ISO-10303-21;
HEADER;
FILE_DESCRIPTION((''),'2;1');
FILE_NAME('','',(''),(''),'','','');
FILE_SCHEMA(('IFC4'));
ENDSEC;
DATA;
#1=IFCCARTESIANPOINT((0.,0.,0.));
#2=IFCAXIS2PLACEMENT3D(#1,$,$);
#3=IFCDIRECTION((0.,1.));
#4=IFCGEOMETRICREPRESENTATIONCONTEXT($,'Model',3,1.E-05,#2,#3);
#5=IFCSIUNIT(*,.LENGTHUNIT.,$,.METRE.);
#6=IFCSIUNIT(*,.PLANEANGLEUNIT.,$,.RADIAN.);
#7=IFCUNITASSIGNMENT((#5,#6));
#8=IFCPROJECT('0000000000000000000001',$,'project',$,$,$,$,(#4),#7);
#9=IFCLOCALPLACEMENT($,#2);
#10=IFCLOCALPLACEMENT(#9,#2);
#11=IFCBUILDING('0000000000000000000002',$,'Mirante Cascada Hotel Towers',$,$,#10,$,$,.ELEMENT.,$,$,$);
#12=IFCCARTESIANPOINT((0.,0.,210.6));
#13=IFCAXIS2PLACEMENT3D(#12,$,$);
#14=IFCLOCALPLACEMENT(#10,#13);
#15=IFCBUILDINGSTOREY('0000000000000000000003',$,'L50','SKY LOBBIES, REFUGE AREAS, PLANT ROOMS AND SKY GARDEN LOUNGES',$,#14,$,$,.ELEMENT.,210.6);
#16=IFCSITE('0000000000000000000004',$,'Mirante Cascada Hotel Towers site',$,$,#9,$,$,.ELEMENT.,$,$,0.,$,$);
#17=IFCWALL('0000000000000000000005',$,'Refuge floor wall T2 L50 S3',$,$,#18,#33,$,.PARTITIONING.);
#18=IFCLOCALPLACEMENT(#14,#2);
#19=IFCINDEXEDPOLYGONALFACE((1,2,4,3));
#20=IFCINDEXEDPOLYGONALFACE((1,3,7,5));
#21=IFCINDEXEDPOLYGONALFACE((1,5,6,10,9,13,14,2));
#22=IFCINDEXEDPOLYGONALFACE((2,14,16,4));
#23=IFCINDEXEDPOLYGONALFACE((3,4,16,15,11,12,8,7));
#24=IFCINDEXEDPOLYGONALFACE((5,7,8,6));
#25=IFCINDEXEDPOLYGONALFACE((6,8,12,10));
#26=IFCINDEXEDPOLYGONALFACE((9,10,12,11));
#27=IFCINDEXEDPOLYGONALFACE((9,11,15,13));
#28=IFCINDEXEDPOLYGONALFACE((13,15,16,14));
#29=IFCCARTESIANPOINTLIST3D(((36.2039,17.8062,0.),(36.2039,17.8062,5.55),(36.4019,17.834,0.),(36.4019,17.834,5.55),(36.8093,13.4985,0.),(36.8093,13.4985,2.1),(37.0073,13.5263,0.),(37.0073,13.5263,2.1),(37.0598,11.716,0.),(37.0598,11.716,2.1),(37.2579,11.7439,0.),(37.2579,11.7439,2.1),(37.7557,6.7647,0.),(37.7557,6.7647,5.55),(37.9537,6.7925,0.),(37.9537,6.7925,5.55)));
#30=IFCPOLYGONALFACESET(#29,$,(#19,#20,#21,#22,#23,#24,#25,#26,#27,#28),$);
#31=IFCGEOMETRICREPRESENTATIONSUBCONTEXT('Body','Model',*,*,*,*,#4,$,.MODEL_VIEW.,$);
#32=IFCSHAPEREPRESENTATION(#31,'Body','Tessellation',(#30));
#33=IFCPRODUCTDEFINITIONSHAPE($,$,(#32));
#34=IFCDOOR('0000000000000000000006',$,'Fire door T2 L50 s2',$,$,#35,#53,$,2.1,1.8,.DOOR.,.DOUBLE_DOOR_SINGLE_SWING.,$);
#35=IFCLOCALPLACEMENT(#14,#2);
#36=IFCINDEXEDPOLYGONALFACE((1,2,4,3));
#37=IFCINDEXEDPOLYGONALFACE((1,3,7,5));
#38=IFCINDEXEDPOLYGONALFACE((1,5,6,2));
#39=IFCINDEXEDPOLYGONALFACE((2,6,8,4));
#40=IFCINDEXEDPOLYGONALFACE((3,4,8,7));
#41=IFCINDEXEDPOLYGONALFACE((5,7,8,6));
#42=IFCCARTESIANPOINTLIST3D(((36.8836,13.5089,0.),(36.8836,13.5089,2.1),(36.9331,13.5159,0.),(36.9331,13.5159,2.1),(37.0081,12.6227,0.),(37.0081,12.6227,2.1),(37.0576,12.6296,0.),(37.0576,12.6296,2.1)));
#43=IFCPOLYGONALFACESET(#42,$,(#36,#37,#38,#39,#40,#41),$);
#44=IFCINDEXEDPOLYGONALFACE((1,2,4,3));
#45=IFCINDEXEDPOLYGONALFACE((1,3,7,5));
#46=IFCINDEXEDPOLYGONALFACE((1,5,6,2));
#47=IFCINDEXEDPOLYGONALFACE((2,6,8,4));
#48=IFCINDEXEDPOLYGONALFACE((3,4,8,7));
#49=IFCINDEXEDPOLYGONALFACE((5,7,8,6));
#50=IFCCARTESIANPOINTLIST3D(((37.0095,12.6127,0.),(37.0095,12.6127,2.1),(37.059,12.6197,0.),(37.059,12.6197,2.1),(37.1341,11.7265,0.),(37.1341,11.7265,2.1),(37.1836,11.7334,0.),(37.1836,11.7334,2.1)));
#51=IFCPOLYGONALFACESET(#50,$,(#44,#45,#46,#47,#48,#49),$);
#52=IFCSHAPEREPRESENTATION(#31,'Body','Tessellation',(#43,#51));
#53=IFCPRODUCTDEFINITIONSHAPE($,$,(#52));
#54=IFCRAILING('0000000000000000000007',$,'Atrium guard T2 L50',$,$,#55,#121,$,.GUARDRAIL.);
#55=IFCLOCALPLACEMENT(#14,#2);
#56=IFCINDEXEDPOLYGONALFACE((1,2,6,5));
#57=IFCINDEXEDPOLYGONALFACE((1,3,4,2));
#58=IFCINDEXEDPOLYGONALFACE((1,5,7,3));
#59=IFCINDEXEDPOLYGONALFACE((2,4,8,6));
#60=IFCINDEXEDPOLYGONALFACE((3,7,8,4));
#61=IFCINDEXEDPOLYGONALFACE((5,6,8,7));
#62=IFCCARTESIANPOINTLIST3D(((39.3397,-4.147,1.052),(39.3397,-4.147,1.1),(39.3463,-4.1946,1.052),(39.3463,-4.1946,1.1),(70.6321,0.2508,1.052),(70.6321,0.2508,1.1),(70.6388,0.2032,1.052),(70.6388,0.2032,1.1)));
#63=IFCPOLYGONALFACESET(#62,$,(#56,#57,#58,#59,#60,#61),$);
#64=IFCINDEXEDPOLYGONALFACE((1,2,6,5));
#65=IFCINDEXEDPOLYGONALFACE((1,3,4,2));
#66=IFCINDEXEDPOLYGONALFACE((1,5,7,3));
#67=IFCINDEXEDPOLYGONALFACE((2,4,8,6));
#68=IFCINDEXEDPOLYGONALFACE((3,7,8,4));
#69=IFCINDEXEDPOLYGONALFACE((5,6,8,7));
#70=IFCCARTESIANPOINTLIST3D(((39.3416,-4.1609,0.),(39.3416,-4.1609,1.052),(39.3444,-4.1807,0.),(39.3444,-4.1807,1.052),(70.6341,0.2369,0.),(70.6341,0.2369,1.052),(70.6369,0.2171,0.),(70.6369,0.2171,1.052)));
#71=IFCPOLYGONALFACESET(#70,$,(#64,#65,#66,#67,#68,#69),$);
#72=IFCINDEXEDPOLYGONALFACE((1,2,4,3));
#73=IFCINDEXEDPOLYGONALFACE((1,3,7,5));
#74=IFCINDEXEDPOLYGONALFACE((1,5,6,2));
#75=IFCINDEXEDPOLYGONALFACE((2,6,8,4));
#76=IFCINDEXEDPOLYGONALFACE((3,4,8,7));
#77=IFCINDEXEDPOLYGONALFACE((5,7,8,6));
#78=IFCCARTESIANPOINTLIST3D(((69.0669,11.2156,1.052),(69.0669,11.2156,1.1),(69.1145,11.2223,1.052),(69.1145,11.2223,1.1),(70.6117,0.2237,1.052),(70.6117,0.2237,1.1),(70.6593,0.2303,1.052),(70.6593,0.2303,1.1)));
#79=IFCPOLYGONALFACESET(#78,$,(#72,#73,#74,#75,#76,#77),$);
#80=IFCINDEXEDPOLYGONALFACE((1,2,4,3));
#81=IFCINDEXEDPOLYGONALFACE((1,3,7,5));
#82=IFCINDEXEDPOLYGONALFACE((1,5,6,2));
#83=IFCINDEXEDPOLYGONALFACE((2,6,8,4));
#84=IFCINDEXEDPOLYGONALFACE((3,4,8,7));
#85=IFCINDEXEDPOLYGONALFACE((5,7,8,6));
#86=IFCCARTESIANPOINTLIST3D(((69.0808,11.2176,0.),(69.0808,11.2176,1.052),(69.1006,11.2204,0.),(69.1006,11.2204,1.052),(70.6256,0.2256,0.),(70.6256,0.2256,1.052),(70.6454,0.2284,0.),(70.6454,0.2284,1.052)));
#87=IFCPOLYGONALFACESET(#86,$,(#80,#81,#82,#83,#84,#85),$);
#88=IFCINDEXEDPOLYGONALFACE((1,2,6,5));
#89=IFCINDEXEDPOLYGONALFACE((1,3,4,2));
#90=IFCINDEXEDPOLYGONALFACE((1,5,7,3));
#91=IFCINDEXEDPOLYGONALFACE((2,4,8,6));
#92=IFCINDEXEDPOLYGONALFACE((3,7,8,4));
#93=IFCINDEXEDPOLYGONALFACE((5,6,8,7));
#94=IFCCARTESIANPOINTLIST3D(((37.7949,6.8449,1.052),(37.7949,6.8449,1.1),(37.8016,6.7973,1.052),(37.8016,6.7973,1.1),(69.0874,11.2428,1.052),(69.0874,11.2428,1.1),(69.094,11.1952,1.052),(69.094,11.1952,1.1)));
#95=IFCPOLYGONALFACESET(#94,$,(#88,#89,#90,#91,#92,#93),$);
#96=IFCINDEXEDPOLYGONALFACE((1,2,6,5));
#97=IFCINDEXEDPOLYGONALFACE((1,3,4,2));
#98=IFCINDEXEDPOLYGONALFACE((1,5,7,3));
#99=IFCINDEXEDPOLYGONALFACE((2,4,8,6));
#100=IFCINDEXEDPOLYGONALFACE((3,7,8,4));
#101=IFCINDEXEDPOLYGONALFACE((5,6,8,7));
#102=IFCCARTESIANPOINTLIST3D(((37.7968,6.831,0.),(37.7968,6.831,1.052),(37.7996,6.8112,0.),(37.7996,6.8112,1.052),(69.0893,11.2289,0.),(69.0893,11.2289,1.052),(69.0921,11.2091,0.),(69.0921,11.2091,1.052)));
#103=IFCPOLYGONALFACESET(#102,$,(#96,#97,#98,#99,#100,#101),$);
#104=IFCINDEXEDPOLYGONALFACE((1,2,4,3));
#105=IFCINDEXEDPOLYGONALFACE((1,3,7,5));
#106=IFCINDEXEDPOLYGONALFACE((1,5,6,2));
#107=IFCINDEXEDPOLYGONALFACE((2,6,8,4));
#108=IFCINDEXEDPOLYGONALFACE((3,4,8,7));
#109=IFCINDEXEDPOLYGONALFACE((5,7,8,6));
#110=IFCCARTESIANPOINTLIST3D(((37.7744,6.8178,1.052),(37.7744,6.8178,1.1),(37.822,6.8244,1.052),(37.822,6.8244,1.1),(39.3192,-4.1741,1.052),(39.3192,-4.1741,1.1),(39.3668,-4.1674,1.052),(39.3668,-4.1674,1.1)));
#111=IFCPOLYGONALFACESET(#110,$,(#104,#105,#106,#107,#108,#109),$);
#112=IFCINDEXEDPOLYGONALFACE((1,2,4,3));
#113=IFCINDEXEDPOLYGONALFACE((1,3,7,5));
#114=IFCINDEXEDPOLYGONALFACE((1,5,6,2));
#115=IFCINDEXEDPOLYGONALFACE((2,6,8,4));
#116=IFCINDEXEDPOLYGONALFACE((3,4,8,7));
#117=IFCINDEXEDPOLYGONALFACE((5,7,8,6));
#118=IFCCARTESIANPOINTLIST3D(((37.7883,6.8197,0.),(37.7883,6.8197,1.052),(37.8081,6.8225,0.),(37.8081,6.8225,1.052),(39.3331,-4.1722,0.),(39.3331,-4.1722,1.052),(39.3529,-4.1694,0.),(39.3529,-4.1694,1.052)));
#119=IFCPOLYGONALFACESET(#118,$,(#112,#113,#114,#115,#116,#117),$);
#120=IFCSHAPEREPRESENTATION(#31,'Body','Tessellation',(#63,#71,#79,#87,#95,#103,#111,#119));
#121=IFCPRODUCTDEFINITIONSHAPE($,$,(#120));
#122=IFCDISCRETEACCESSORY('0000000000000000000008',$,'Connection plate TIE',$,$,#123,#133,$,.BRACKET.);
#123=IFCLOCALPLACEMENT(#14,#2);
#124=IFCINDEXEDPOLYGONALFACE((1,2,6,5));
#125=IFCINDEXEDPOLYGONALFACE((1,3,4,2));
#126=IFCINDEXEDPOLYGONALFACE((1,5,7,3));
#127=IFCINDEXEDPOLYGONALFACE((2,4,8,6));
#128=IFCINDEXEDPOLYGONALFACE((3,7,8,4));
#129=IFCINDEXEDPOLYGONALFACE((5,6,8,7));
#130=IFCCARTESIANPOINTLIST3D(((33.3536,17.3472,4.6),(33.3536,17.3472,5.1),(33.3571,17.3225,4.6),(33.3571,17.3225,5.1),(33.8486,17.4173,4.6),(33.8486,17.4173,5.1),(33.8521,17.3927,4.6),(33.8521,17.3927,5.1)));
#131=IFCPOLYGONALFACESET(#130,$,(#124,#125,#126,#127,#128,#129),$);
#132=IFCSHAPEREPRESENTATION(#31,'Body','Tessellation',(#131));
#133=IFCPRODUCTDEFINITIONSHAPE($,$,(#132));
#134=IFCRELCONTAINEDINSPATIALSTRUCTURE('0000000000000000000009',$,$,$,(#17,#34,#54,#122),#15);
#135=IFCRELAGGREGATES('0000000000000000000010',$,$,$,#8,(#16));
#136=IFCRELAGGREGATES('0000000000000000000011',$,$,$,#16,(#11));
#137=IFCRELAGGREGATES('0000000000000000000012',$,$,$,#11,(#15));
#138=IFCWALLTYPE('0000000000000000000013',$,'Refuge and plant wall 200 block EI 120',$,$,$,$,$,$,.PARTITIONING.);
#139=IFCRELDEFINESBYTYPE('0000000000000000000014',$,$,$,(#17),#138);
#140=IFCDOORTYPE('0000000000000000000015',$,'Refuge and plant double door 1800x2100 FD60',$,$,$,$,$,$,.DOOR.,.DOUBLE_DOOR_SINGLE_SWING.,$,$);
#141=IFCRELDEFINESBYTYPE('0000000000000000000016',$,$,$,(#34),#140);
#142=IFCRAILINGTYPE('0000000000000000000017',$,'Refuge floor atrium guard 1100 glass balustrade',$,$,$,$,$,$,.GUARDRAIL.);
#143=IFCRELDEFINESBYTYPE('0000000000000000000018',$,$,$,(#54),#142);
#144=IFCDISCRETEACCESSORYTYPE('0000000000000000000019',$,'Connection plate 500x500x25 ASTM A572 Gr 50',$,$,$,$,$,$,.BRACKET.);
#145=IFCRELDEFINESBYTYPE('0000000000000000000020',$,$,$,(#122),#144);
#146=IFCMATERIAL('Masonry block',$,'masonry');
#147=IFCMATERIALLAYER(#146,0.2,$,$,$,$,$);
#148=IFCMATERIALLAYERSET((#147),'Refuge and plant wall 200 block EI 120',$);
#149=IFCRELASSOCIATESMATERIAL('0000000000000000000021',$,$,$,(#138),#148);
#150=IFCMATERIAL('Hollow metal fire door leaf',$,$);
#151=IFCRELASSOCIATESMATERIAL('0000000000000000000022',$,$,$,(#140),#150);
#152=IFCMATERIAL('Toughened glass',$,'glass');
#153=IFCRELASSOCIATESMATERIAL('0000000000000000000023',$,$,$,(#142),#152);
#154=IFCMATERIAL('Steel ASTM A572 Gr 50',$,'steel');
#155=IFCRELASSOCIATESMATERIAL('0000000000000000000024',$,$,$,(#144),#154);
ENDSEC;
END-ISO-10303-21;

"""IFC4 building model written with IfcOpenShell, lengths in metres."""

from ifc_helpers import new_model, si_unit, direction, frame, frame_2d, origin, origin_2d, place, context, subcontext, project, spatial, rectangle, extrude, material, layer, layer_set, material_profile, profile_set, type_object, element, fill, save


model = new_model("IFC4")

# Units and contexts
model_context = context("Model", 3, precision=1e-05, world=origin(), true_north=direction((0.0, 1.0)))
body_context = subcontext(model_context, "Body", "Model", "MODEL_VIEW")
ifc_project = project(units=[si_unit("LENGTHUNIT", "METRE"), si_unit("PLANEANGLEUNIT", "RADIAN")], contexts=[model_context])

# Site, building, storey
site_placement = place(None, origin())
site = spatial("IfcSite", under=ifc_project, at=site_placement, Name="Mirante Cascada Hotel Towers site", CompositionType="ELEMENT", RefElevation=0.0)
building_placement = place(site_placement, origin())
building = spatial("IfcBuilding", under=site, at=building_placement, Name="Mirante Cascada Hotel Towers", CompositionType="ELEMENT")
storey_placement = place(building_placement, frame((0.0, 0.0, 210.6)))
storey = spatial("IfcBuildingStorey", under=building, at=storey_placement, Name="L50", Description="SKY LOBBIES, REFUGE AREAS, PLANT ROOMS AND SKY GARDEN LOUNGES", CompositionType="ELEMENT", Elevation=210.6)

# Wall, opening, door
ifc_material_1 = material(Name="Masonry block", Category="masonry")
ifc_layer_1 = layer(ifc_material_1, 0.2)
ifc_layer_set_1 = layer_set([ifc_layer_1], Name="Refuge and plant wall 200 block EI 120")
wall_type_1 = type_object("IfcWallType", Name="Refuge and plant wall 200 block EI 120", PredefinedType="PARTITIONING", material=ifc_layer_set_1)
ifc_material_2 = material(Name="Hollow metal fire door leaf")
door_type_1 = type_object("IfcDoorType", Name="Refuge and plant double door 1800x2100 FD60", OperationType="DOUBLE_DOOR_SINGLE_SWING", PredefinedType="DOOR", material=ifc_material_2)
wall_1_placement = place(storey_placement, frame((37.8547, 6.7786, 0.0), z_axis=(0.0, 0.0, 1.0), x_axis=(-0.139175, 0.990268, 0.0)))
wall_1 = element("IfcWall", 1, at=wall_1_placement, inside=storey, type_object=wall_type_1, Name="Refuge floor wall T2 L50 S3", PredefinedType="PARTITIONING", context=body_context, shape_type="SweptSolid", body=[
    extrude(rectangle(XDim=11.15, YDim=0.2, at=frame_2d((5.575, 0.0))), origin(), (0.0, 0.0, 1.0), 5.55),
])
opening_1_placement = place(wall_1_placement, frame((5.0, 0.0, 0.0)))
opening_1 = element("IfcOpeningElement", 2, at=opening_1_placement, cuts=wall_1, PredefinedType="OPENING", context=body_context, shape_type="SweptSolid", body=[
    extrude(rectangle(XDim=1.8, YDim=2.1, at=frame_2d((0.9, 1.05))), frame((0.0, 0.1, 0.0), z_axis=(0.0, -1.0, 0.0), x_axis=(1.0, 0.0, 0.0)), (0.0, 0.0, 1.0), 0.2),
])
door_1_placement = place(opening_1_placement, frame((1.8, 0.0, 0.0), z_axis=(0.0, 0.0, 1.0), x_axis=(-1.0, 0.0, 0.0)))
door_1 = element("IfcDoor", 3, at=door_1_placement, inside=storey, type_object=door_type_1, Name="Fire door T2 L50 s2", OperationType="DOUBLE_DOOR_SINGLE_SWING", OverallHeight=2.1, OverallWidth=1.8, PredefinedType="DOOR", context=body_context, shape_type="SweptSolid", body=[
    extrude(rectangle(XDim=0.895, YDim=2.1, at=frame_2d((0.4475, 1.05))), frame((0.0, 0.025, 0.0), z_axis=(0.0, -1.0, 0.0), x_axis=(1.0, 0.0, 0.0)), (0.0, 0.0, 1.0), 0.05),
    extrude(rectangle(XDim=0.895, YDim=2.1, at=frame_2d((1.3525, 1.05))), frame((0.0, 0.025, 0.0), z_axis=(0.0, -1.0, 0.0), x_axis=(1.0, 0.0, 0.0)), (0.0, 0.0, 1.0), 0.05),
])
fill(opening_1, door_1)

# Railing
ifc_material_3 = material(Name="Toughened glass", Category="glass")
railing_type = type_object("IfcRailingType", Name="Refuge floor atrium guard 1100 glass balustrade", PredefinedType="GUARDRAIL", material=ifc_material_3)
railing_placement = place(storey_placement, frame((39.343, -4.1708, 0.0)))
element("IfcRailing", 4, at=railing_placement, inside=storey, type_object=railing_type, Name="Atrium guard T2 L50", PredefinedType="GUARDRAIL", context=body_context, shape_type="SweptSolid", body=[
    extrude(rectangle(XDim=0.048, YDim=0.048, at=origin_2d()), frame((0.0, 0.0, 1.076), z_axis=(0.990268, 0.139171, 0.0), x_axis=(-0.139171, 0.990268, 0.0)), (0.0, 0.0, 1.0), 31.6),
    extrude(rectangle(XDim=0.02, YDim=1.052, at=origin_2d()), frame((0.0, 0.0, 0.526), z_axis=(0.990268, 0.139171, 0.0), x_axis=(-0.139171, 0.990268, 0.0)), (0.0, 0.0, 1.0), 31.6),
    extrude(rectangle(XDim=0.048, YDim=0.048, at=origin_2d()), frame((31.2925, 4.3978, 1.076), z_axis=(-0.139171, 0.990268, 0.0), x_axis=(-0.990268, -0.139171, 0.0)), (0.0, 0.0, 1.0), 11.1),
    extrude(rectangle(XDim=0.02, YDim=1.052, at=origin_2d()), frame((31.2925, 4.3978, 0.526), z_axis=(-0.139171, 0.990268, 0.0), x_axis=(-0.990268, -0.139171, 0.0)), (0.0, 0.0, 1.0), 11.1),
    extrude(rectangle(XDim=0.048, YDim=0.048, at=origin_2d()), frame((29.7477, 15.3898, 1.076), z_axis=(-0.990268, -0.139174, 0.0), x_axis=(0.139174, -0.990268, 0.0)), (0.0, 0.0, 1.0), 31.6),
    extrude(rectangle(XDim=0.02, YDim=1.052, at=origin_2d()), frame((29.7477, 15.3898, 0.526), z_axis=(-0.990268, -0.139174, 0.0), x_axis=(0.139174, -0.990268, 0.0)), (0.0, 0.0, 1.0), 31.6),
    extrude(rectangle(XDim=0.048, YDim=0.048, at=origin_2d()), frame((-1.5448, 10.9919, 1.076), z_axis=(0.139172, -0.990268, 0.0), x_axis=(0.990268, 0.139172, 0.0)), (0.0, 0.0, 1.0), 11.0999),
    extrude(rectangle(XDim=0.02, YDim=1.052, at=origin_2d()), frame((-1.5448, 10.9919, 0.526), z_axis=(0.139172, -0.990268, 0.0), x_axis=(0.990268, 0.139172, 0.0)), (0.0, 0.0, 1.0), 11.0999),
])

# Discrete accessory
ifc_material_4 = material(Name="Steel ASTM A572 Gr 50", Category="steel")
ifc_material_profile_1 = material_profile(ifc_material_4, rectangle(XDim=0.5, YDim=0.5, at=origin_2d()), Name="Connection plate 500x500x25 ASTM A572 Gr 50")
ifc_profile_set_1 = profile_set([ifc_material_profile_1], Name="Steel ASTM A572 Gr 50")
discrete_accessory_type = type_object("IfcDiscreteAccessoryType", Name="Connection plate 500x500x25 ASTM A572 Gr 50", PredefinedType="BRACKET", material=ifc_profile_set_1)
discrete_accessory_placement = place(storey_placement, frame((33.6046, 17.3576, 4.85), z_axis=(-0.140299, 0.990109, 0.0), x_axis=(-0.990109, -0.140299, 0.0)))
element("IfcDiscreteAccessory", 5, at=discrete_accessory_placement, inside=storey, type_object=discrete_accessory_type, Name="Connection plate TIE", PredefinedType="BRACKET", context=body_context, shape_type="SweptSolid", body=[
    extrude(rectangle(XDim=0.5, YDim=0.5, at=origin_2d()), origin(), (0.0, 0.0, 1.0), 0.0249),
])

save(model, "model.ifc")
